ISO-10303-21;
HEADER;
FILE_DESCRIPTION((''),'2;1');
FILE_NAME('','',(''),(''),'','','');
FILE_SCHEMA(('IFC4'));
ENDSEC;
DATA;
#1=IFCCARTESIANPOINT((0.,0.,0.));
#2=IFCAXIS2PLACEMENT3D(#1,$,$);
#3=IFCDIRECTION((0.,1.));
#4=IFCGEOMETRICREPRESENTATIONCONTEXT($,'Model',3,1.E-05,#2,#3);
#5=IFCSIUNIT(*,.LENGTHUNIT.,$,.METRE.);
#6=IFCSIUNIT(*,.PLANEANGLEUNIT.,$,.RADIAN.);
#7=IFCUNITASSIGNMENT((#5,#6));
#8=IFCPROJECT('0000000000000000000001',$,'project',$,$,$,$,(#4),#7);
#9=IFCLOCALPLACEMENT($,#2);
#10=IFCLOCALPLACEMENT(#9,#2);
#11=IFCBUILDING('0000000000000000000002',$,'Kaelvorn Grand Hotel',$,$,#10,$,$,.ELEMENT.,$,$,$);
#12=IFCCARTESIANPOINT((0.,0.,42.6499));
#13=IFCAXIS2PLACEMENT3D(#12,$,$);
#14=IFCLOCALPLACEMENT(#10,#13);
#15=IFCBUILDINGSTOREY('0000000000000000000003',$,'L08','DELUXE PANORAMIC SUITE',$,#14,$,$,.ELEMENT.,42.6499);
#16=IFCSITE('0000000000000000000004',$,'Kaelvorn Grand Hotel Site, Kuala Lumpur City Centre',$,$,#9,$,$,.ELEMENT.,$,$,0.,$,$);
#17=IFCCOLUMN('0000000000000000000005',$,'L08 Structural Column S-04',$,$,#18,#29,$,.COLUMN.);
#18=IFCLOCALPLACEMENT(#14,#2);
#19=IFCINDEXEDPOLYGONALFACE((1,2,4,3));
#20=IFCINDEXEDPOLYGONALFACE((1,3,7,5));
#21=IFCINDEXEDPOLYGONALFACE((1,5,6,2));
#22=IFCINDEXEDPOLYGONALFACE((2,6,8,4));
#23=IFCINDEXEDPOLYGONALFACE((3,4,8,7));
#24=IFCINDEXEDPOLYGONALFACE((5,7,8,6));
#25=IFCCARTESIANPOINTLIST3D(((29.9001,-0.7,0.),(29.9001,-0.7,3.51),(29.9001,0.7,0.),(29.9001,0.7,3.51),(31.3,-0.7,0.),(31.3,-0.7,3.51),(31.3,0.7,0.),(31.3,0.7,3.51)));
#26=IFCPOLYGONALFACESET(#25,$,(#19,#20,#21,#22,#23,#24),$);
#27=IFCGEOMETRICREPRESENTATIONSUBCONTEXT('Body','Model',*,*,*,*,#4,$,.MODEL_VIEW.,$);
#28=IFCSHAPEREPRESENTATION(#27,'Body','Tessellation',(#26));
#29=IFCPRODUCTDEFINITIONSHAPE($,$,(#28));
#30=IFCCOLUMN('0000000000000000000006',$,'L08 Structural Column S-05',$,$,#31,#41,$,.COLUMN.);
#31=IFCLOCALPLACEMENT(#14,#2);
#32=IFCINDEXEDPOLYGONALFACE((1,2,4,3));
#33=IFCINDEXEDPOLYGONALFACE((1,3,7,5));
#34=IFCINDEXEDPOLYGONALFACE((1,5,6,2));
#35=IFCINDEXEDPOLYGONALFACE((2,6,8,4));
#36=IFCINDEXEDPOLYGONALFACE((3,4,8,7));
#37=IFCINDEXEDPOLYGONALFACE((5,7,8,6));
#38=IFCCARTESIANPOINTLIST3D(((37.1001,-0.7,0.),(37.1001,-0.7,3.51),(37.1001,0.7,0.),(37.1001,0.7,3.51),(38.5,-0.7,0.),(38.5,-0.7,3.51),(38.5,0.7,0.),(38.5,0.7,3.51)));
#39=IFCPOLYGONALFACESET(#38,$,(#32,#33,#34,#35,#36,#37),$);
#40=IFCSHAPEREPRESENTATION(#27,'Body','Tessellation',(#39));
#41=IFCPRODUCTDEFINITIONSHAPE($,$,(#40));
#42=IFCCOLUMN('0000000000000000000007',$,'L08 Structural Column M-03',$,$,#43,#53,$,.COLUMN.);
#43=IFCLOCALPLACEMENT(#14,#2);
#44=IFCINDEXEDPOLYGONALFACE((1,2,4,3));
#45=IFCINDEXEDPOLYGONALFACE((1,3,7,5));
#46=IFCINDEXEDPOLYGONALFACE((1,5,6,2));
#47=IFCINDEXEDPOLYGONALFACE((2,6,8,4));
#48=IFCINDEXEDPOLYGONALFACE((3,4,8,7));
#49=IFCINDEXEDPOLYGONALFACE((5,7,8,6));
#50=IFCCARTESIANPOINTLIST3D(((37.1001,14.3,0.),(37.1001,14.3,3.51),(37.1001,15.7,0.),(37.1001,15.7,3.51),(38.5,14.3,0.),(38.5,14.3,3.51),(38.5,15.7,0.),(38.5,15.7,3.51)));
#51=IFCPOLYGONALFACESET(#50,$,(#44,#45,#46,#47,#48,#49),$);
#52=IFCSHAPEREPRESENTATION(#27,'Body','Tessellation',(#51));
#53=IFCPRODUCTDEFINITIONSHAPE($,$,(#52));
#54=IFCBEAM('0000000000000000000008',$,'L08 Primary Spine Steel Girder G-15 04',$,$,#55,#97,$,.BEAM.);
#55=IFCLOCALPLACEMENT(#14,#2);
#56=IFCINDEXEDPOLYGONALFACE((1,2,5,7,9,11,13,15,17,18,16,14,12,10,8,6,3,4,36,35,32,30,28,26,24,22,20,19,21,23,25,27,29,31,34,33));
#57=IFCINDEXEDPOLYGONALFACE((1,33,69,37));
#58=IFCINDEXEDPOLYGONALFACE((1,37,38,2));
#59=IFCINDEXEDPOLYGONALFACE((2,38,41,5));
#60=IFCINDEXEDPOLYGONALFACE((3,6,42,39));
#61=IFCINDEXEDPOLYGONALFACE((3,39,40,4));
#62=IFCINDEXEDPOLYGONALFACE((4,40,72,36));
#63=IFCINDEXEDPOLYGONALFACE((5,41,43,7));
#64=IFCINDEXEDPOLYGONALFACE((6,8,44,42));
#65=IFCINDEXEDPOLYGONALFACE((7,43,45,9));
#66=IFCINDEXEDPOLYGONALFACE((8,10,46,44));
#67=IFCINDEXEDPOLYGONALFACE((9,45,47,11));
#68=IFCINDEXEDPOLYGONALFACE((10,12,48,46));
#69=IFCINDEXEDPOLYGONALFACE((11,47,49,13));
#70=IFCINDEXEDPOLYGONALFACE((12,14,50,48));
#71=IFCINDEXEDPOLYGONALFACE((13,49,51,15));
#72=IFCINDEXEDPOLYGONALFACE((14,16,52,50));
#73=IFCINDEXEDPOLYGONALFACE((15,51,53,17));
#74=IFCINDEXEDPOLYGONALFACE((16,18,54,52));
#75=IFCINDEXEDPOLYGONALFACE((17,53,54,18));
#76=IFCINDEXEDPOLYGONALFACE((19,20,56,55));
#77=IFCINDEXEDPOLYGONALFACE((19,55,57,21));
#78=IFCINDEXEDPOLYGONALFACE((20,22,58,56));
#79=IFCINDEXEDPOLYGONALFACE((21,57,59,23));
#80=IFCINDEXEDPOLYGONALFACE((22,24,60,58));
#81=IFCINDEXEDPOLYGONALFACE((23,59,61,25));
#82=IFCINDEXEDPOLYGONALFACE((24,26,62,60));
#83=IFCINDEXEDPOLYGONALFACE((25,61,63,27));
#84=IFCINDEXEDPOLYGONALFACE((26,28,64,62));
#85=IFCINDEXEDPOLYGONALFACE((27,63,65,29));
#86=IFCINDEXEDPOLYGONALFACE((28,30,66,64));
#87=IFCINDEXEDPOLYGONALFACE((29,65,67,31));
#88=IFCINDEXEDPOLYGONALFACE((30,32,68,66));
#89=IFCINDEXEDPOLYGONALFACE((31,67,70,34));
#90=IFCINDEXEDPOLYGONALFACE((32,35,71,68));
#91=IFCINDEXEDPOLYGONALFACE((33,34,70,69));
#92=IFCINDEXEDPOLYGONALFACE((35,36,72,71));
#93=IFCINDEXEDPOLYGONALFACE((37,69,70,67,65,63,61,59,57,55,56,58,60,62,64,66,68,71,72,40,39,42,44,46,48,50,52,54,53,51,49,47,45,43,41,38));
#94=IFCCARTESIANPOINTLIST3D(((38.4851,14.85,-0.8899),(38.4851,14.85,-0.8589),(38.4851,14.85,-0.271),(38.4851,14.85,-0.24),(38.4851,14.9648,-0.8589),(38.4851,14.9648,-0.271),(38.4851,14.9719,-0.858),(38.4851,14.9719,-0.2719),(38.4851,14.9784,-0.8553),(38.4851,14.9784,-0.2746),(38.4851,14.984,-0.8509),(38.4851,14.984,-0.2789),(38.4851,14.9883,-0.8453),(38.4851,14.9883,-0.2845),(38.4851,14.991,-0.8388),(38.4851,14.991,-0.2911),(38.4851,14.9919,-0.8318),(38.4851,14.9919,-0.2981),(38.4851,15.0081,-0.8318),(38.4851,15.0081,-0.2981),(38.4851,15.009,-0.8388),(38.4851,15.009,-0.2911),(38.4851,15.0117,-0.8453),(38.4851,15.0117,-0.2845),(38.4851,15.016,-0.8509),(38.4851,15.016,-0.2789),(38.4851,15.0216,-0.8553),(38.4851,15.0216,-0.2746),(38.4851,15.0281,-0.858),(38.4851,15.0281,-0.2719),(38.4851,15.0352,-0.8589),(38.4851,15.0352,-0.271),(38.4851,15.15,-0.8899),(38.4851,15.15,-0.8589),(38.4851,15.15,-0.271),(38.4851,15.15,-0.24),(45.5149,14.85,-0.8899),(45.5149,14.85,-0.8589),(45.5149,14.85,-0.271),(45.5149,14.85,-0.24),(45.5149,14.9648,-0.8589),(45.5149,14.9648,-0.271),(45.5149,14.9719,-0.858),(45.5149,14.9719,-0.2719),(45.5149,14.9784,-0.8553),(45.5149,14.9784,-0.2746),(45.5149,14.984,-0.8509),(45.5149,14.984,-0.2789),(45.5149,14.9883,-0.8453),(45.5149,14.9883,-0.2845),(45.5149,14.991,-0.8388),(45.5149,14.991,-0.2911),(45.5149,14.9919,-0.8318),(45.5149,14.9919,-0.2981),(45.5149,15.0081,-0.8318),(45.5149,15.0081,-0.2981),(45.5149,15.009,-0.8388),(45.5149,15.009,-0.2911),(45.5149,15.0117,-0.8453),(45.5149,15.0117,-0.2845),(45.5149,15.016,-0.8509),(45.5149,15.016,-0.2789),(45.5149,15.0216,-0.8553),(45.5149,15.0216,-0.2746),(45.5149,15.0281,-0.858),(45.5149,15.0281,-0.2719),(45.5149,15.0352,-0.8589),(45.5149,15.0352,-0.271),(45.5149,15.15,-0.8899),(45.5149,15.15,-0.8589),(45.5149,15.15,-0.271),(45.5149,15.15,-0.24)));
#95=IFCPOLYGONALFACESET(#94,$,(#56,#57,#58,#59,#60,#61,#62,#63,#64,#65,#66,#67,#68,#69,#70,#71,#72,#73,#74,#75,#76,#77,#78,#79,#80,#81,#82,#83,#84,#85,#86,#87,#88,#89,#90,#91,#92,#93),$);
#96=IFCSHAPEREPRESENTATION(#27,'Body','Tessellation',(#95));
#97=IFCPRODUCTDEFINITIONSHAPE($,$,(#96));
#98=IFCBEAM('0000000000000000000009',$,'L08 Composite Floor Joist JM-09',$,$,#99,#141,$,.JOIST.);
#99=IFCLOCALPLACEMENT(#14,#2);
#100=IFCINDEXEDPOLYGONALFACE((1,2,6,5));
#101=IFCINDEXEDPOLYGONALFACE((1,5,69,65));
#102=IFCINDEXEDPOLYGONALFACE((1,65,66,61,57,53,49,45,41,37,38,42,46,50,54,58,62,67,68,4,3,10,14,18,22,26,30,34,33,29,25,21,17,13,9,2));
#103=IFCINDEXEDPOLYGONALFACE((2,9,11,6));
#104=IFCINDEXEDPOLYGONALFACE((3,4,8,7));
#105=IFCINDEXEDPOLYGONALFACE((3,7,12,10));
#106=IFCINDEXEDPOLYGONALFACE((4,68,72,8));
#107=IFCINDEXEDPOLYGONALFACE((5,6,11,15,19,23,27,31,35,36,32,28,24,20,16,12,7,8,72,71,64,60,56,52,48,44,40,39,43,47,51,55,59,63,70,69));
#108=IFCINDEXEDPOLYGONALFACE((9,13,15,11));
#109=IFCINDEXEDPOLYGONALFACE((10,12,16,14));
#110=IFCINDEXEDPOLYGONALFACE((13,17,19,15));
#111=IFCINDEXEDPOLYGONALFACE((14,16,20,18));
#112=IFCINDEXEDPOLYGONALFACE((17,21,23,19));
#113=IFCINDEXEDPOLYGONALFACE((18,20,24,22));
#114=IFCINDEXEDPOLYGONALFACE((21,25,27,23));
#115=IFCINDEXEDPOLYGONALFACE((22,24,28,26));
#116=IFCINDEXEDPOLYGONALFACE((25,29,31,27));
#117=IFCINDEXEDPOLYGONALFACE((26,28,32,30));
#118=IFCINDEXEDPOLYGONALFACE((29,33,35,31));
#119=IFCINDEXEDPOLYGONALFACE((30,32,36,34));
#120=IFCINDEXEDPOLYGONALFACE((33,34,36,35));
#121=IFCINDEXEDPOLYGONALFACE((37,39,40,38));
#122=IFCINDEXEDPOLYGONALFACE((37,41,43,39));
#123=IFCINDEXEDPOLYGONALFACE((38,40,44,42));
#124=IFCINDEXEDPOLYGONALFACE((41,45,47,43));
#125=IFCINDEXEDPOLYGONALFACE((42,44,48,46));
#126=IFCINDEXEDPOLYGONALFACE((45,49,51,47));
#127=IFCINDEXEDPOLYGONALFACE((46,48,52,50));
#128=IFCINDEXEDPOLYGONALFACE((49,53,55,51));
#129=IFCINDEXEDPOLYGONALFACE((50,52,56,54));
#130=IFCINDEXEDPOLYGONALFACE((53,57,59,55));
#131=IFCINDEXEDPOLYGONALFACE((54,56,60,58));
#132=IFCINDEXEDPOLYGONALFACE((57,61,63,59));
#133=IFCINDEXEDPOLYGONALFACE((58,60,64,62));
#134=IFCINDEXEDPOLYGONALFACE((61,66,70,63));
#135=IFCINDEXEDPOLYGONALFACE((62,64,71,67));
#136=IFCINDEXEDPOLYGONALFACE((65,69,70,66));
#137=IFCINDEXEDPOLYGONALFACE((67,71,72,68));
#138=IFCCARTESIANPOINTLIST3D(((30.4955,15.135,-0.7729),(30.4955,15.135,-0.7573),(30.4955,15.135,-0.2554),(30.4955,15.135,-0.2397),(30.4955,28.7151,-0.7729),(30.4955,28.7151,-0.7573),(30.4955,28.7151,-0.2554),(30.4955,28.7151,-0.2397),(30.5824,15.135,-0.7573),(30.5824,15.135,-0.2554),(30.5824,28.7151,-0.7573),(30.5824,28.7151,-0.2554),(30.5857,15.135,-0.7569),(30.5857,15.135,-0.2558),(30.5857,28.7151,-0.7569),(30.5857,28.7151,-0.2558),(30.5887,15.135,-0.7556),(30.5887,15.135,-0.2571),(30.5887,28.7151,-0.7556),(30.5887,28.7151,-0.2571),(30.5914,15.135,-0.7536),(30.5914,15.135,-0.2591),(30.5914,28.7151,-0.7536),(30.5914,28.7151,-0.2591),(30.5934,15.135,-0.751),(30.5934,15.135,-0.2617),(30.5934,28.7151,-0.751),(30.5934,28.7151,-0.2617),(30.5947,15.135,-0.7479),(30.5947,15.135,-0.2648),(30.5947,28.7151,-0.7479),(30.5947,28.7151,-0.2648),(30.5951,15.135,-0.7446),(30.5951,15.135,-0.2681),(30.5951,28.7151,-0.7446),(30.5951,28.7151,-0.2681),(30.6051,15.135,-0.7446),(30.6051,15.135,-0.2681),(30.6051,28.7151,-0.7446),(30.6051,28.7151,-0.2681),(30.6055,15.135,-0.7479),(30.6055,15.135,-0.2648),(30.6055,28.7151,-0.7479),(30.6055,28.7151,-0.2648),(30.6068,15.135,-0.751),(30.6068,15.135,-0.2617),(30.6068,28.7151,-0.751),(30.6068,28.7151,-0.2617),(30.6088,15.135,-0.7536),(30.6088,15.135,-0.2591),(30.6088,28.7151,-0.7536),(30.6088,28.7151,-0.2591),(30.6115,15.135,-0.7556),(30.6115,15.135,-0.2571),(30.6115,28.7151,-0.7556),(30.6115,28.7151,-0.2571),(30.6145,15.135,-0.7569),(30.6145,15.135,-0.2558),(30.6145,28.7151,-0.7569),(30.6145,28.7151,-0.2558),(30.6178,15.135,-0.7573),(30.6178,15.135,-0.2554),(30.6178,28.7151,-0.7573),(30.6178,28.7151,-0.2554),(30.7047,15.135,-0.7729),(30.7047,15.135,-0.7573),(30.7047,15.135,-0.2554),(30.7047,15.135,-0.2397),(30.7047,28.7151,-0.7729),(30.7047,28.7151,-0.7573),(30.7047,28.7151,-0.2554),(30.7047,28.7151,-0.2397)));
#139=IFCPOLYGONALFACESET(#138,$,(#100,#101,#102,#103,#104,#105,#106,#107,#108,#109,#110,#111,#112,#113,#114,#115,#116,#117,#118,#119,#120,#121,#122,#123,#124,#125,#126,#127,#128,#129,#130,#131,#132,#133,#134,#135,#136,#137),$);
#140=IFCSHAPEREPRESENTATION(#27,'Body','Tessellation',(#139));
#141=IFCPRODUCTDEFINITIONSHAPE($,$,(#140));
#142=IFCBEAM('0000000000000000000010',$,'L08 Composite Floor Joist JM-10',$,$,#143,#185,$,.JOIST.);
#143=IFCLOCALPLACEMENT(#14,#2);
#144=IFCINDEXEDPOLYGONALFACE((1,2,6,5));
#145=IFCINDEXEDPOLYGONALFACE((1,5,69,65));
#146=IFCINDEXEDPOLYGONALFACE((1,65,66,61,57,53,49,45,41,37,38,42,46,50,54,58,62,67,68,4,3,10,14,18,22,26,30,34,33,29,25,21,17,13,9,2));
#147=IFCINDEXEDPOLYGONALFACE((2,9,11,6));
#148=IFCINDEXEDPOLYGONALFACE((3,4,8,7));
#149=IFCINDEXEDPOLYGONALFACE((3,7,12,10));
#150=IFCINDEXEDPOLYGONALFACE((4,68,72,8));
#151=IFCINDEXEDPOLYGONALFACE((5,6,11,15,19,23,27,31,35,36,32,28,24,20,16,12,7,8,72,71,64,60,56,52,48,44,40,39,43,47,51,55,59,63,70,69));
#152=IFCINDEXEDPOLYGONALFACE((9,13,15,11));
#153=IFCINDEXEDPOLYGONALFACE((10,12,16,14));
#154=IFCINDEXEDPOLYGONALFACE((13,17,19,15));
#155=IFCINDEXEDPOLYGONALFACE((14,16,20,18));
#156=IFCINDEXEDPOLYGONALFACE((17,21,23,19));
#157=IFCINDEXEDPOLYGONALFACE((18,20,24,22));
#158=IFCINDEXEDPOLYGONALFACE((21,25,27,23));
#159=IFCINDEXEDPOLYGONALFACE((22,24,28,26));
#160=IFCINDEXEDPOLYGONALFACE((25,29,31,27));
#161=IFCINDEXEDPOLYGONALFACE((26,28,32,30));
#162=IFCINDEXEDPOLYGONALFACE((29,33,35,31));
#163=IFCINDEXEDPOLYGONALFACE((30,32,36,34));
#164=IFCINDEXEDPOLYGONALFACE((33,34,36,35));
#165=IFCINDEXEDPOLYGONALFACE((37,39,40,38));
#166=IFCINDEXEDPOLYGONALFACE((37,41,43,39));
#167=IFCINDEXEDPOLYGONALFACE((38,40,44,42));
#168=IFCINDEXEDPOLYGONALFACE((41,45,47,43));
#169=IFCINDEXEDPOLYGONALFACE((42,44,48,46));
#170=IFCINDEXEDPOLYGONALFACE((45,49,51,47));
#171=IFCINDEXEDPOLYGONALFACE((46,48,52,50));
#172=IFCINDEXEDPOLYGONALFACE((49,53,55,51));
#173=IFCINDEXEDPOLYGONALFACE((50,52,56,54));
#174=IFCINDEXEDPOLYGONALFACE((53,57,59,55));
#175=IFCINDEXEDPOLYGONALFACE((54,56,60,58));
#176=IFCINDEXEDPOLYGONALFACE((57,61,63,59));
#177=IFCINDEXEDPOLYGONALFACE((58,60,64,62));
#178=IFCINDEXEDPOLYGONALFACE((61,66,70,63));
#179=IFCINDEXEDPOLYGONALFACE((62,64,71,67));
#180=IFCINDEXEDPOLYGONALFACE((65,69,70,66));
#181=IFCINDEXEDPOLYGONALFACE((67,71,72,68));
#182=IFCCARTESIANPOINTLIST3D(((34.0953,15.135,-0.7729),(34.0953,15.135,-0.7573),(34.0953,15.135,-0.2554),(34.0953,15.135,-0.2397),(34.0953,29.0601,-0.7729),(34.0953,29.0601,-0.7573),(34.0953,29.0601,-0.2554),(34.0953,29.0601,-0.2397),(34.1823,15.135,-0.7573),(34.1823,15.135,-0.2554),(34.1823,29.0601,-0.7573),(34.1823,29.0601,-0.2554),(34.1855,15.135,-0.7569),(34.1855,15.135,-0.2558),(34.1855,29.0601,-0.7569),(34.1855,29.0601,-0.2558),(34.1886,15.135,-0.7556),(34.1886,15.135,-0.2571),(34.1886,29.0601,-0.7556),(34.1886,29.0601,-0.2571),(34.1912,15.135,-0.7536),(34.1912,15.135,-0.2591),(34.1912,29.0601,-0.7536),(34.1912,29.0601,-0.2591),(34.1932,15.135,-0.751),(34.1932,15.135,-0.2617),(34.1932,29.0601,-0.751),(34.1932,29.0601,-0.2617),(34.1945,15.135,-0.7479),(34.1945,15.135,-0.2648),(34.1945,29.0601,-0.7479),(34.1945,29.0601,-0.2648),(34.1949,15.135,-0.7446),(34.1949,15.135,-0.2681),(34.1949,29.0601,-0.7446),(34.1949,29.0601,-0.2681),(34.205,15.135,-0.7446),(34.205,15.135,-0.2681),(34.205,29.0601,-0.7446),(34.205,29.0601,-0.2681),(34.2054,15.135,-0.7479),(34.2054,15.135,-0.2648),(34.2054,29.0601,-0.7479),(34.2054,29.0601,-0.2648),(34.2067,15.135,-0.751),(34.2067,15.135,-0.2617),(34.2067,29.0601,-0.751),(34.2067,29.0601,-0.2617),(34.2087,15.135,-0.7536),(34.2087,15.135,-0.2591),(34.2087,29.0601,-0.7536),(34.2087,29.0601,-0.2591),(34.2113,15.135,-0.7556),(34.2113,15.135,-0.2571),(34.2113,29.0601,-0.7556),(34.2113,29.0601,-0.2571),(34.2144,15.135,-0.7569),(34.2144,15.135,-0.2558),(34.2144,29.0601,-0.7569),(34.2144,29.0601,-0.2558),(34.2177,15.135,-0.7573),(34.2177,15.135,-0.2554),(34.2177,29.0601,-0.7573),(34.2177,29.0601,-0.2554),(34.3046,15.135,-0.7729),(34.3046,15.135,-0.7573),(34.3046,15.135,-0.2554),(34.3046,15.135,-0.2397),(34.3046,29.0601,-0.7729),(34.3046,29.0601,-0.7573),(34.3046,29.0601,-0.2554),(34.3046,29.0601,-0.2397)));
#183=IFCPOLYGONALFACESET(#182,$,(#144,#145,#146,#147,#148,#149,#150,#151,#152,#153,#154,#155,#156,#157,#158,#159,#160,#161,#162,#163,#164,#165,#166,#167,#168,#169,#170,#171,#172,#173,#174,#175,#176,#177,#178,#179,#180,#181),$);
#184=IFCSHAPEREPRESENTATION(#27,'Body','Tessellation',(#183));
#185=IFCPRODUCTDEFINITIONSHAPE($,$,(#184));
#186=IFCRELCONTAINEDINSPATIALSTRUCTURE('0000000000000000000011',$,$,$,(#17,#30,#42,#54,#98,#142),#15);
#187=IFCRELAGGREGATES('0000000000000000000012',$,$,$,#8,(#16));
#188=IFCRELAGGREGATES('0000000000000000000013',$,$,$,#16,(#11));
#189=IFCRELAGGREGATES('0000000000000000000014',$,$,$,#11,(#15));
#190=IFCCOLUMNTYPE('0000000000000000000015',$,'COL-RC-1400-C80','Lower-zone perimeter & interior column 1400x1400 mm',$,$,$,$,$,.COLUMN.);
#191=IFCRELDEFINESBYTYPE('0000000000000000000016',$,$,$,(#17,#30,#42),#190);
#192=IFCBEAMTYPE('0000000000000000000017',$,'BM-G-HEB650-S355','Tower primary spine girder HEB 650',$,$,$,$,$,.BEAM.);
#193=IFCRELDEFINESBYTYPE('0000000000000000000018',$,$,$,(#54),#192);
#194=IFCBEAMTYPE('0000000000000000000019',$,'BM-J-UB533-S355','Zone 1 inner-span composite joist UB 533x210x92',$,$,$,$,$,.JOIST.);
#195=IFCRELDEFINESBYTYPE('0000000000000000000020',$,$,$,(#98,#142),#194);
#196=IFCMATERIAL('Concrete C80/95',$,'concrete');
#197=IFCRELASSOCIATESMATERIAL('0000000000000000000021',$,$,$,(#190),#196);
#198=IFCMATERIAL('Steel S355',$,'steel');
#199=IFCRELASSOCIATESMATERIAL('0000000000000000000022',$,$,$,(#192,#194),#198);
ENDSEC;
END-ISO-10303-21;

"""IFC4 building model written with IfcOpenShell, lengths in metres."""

from ifc_helpers import new_model, si_unit, direction, frame, origin, origin_2d, place, context, subcontext, project, spatial, rectangle, i_section, extrude, material, material_profile, profile_set, type_object, element, save


model = new_model("IFC4")

# Units and contexts
model_context = context("Model", 3, precision=1e-05, world=origin(), true_north=direction((0.0, 1.0)))
body_context = subcontext(model_context, "Body", "Model", "MODEL_VIEW")
ifc_project = project(units=[si_unit("LENGTHUNIT", "METRE"), si_unit("PLANEANGLEUNIT", "RADIAN")], contexts=[model_context])

# Site, building, storey
site_placement = place(None, origin())
site = spatial("IfcSite", under=ifc_project, at=site_placement, Name="Kaelvorn Grand Hotel Site, Kuala Lumpur City Centre", CompositionType="ELEMENT", RefElevation=0.0)
building_placement = place(site_placement, origin())
building = spatial("IfcBuilding", under=site, at=building_placement, Name="Kaelvorn Grand Hotel", CompositionType="ELEMENT")
storey_placement = place(building_placement, frame((0.0, 0.0, 42.6499)))
storey = spatial("IfcBuildingStorey", under=building, at=storey_placement, Name="L08", Description="DELUXE PANORAMIC SUITE", CompositionType="ELEMENT", Elevation=42.6499)

# Columns
ifc_material_1 = material(Name="Concrete C80/95", Category="concrete")
ifc_material_profile_1 = material_profile(ifc_material_1, rectangle(XDim=1.3999, YDim=1.3999, at=origin_2d()), Name="RC COL 1400x1400")
ifc_profile_set_1 = profile_set([ifc_material_profile_1], Name="Concrete C80/95")
column_type = type_object("IfcColumnType", Name="COL-RC-1400-C80", Description="Lower-zone perimeter & interior column 1400x1400 mm", PredefinedType="COLUMN", material=ifc_profile_set_1)
for number, where, z_axis, x_axis, name in (
    (1, (30.6001, 0.0, 0.0), (0.0, 0.0, 1.0), (1.0, 0.0, 0.0), "L08 Structural Column S-04"),
    (2, (37.8, 0.0, 0.0), (0.0, 0.0, 1.0), (1.0, 0.0, 0.0), "L08 Structural Column S-05"),
    (3, (37.8, 15.0, 0.0), (0.0, 0.0, 1.0), (1.0, 0.0, 0.0), "L08 Structural Column M-03"),
):
    element("IfcColumn", number, at=place(storey_placement, frame(where, z_axis=z_axis, x_axis=x_axis)), inside=storey, type_object=column_type, Name=name, PredefinedType="COLUMN", context=body_context, shape_type="SweptSolid", body=[
        extrude(rectangle(XDim=1.3999, YDim=1.3999, at=origin_2d()), origin(), (0.0, 0.0, 1.0), 3.51),
    ])

# Beams
ifc_material_2 = material(Name="Steel S355", Category="steel")
ifc_material_profile_2 = material_profile(ifc_material_2, i_section(OverallWidth=0.3, OverallDepth=0.6499, WebThickness=0.0161, FlangeThickness=0.031, FilletRadius=0.0271, at=origin_2d()), Name="HEB 650")
ifc_profile_set_2 = profile_set([ifc_material_profile_2], Name="Steel S355")
beam_type_1 = type_object("IfcBeamType", Name="BM-G-HEB650-S355", Description="Tower primary spine girder HEB 650", PredefinedType="BEAM", material=ifc_profile_set_2)
beam_1_placement = place(storey_placement, frame((38.4851, 15.0, -0.5649), z_axis=(1.0, 0.0, 0.0), x_axis=(0.0, 1.0, 0.0)))
element("IfcBeam", 4, at=beam_1_placement, inside=storey, type_object=beam_type_1, Name="L08 Primary Spine Steel Girder G-15 04", PredefinedType="BEAM", context=body_context, shape_type="SweptSolid", body=[
    extrude(i_section(OverallWidth=0.3, OverallDepth=0.6499, WebThickness=0.0161, FlangeThickness=0.031, FilletRadius=0.0271, at=origin_2d()), origin(), (0.0, 0.0, 1.0), 7.0298),
])
ifc_material_profile_3 = material_profile(ifc_material_2, i_section(OverallWidth=0.2092, OverallDepth=0.5332, WebThickness=0.01, FlangeThickness=0.0156, FilletRadius=0.0127, at=origin_2d()), Name="UB 533x210x92")
ifc_profile_set_3 = profile_set([ifc_material_profile_3], Name="Steel S355")
beam_type_2 = type_object("IfcBeamType", Name="BM-J-UB533-S355", Description="Zone 1 inner-span composite joist UB 533x210x92", PredefinedType="JOIST", material=ifc_profile_set_3)
beam_2_placement = place(storey_placement, frame((30.6001, 15.135, -0.5063), z_axis=(0.0, 1.0, 0.0), x_axis=(-1.0, 0.0, 0.0)))
element("IfcBeam", 5, at=beam_2_placement, inside=storey, type_object=beam_type_2, Name="L08 Composite Floor Joist JM-09", PredefinedType="JOIST", context=body_context, shape_type="SweptSolid", body=[
    extrude(i_section(OverallWidth=0.2092, OverallDepth=0.5332, WebThickness=0.01, FlangeThickness=0.0156, FilletRadius=0.0127, at=origin_2d()), origin(), (0.0, 0.0, 1.0), 13.5801),
])
beam_3_placement = place(storey_placement, frame((34.2, 15.135, -0.5063), z_axis=(0.0, 1.0, 0.0), x_axis=(-1.0, 0.0, 0.0)))
element("IfcBeam", 6, at=beam_3_placement, inside=storey, type_object=beam_type_2, Name="L08 Composite Floor Joist JM-10", PredefinedType="JOIST", context=body_context, shape_type="SweptSolid", body=[
    extrude(i_section(OverallWidth=0.2092, OverallDepth=0.5332, WebThickness=0.01, FlangeThickness=0.0156, FilletRadius=0.0127, at=origin_2d()), origin(), (0.0, 0.0, 1.0), 13.925),
])

save(model, "model.ifc")
